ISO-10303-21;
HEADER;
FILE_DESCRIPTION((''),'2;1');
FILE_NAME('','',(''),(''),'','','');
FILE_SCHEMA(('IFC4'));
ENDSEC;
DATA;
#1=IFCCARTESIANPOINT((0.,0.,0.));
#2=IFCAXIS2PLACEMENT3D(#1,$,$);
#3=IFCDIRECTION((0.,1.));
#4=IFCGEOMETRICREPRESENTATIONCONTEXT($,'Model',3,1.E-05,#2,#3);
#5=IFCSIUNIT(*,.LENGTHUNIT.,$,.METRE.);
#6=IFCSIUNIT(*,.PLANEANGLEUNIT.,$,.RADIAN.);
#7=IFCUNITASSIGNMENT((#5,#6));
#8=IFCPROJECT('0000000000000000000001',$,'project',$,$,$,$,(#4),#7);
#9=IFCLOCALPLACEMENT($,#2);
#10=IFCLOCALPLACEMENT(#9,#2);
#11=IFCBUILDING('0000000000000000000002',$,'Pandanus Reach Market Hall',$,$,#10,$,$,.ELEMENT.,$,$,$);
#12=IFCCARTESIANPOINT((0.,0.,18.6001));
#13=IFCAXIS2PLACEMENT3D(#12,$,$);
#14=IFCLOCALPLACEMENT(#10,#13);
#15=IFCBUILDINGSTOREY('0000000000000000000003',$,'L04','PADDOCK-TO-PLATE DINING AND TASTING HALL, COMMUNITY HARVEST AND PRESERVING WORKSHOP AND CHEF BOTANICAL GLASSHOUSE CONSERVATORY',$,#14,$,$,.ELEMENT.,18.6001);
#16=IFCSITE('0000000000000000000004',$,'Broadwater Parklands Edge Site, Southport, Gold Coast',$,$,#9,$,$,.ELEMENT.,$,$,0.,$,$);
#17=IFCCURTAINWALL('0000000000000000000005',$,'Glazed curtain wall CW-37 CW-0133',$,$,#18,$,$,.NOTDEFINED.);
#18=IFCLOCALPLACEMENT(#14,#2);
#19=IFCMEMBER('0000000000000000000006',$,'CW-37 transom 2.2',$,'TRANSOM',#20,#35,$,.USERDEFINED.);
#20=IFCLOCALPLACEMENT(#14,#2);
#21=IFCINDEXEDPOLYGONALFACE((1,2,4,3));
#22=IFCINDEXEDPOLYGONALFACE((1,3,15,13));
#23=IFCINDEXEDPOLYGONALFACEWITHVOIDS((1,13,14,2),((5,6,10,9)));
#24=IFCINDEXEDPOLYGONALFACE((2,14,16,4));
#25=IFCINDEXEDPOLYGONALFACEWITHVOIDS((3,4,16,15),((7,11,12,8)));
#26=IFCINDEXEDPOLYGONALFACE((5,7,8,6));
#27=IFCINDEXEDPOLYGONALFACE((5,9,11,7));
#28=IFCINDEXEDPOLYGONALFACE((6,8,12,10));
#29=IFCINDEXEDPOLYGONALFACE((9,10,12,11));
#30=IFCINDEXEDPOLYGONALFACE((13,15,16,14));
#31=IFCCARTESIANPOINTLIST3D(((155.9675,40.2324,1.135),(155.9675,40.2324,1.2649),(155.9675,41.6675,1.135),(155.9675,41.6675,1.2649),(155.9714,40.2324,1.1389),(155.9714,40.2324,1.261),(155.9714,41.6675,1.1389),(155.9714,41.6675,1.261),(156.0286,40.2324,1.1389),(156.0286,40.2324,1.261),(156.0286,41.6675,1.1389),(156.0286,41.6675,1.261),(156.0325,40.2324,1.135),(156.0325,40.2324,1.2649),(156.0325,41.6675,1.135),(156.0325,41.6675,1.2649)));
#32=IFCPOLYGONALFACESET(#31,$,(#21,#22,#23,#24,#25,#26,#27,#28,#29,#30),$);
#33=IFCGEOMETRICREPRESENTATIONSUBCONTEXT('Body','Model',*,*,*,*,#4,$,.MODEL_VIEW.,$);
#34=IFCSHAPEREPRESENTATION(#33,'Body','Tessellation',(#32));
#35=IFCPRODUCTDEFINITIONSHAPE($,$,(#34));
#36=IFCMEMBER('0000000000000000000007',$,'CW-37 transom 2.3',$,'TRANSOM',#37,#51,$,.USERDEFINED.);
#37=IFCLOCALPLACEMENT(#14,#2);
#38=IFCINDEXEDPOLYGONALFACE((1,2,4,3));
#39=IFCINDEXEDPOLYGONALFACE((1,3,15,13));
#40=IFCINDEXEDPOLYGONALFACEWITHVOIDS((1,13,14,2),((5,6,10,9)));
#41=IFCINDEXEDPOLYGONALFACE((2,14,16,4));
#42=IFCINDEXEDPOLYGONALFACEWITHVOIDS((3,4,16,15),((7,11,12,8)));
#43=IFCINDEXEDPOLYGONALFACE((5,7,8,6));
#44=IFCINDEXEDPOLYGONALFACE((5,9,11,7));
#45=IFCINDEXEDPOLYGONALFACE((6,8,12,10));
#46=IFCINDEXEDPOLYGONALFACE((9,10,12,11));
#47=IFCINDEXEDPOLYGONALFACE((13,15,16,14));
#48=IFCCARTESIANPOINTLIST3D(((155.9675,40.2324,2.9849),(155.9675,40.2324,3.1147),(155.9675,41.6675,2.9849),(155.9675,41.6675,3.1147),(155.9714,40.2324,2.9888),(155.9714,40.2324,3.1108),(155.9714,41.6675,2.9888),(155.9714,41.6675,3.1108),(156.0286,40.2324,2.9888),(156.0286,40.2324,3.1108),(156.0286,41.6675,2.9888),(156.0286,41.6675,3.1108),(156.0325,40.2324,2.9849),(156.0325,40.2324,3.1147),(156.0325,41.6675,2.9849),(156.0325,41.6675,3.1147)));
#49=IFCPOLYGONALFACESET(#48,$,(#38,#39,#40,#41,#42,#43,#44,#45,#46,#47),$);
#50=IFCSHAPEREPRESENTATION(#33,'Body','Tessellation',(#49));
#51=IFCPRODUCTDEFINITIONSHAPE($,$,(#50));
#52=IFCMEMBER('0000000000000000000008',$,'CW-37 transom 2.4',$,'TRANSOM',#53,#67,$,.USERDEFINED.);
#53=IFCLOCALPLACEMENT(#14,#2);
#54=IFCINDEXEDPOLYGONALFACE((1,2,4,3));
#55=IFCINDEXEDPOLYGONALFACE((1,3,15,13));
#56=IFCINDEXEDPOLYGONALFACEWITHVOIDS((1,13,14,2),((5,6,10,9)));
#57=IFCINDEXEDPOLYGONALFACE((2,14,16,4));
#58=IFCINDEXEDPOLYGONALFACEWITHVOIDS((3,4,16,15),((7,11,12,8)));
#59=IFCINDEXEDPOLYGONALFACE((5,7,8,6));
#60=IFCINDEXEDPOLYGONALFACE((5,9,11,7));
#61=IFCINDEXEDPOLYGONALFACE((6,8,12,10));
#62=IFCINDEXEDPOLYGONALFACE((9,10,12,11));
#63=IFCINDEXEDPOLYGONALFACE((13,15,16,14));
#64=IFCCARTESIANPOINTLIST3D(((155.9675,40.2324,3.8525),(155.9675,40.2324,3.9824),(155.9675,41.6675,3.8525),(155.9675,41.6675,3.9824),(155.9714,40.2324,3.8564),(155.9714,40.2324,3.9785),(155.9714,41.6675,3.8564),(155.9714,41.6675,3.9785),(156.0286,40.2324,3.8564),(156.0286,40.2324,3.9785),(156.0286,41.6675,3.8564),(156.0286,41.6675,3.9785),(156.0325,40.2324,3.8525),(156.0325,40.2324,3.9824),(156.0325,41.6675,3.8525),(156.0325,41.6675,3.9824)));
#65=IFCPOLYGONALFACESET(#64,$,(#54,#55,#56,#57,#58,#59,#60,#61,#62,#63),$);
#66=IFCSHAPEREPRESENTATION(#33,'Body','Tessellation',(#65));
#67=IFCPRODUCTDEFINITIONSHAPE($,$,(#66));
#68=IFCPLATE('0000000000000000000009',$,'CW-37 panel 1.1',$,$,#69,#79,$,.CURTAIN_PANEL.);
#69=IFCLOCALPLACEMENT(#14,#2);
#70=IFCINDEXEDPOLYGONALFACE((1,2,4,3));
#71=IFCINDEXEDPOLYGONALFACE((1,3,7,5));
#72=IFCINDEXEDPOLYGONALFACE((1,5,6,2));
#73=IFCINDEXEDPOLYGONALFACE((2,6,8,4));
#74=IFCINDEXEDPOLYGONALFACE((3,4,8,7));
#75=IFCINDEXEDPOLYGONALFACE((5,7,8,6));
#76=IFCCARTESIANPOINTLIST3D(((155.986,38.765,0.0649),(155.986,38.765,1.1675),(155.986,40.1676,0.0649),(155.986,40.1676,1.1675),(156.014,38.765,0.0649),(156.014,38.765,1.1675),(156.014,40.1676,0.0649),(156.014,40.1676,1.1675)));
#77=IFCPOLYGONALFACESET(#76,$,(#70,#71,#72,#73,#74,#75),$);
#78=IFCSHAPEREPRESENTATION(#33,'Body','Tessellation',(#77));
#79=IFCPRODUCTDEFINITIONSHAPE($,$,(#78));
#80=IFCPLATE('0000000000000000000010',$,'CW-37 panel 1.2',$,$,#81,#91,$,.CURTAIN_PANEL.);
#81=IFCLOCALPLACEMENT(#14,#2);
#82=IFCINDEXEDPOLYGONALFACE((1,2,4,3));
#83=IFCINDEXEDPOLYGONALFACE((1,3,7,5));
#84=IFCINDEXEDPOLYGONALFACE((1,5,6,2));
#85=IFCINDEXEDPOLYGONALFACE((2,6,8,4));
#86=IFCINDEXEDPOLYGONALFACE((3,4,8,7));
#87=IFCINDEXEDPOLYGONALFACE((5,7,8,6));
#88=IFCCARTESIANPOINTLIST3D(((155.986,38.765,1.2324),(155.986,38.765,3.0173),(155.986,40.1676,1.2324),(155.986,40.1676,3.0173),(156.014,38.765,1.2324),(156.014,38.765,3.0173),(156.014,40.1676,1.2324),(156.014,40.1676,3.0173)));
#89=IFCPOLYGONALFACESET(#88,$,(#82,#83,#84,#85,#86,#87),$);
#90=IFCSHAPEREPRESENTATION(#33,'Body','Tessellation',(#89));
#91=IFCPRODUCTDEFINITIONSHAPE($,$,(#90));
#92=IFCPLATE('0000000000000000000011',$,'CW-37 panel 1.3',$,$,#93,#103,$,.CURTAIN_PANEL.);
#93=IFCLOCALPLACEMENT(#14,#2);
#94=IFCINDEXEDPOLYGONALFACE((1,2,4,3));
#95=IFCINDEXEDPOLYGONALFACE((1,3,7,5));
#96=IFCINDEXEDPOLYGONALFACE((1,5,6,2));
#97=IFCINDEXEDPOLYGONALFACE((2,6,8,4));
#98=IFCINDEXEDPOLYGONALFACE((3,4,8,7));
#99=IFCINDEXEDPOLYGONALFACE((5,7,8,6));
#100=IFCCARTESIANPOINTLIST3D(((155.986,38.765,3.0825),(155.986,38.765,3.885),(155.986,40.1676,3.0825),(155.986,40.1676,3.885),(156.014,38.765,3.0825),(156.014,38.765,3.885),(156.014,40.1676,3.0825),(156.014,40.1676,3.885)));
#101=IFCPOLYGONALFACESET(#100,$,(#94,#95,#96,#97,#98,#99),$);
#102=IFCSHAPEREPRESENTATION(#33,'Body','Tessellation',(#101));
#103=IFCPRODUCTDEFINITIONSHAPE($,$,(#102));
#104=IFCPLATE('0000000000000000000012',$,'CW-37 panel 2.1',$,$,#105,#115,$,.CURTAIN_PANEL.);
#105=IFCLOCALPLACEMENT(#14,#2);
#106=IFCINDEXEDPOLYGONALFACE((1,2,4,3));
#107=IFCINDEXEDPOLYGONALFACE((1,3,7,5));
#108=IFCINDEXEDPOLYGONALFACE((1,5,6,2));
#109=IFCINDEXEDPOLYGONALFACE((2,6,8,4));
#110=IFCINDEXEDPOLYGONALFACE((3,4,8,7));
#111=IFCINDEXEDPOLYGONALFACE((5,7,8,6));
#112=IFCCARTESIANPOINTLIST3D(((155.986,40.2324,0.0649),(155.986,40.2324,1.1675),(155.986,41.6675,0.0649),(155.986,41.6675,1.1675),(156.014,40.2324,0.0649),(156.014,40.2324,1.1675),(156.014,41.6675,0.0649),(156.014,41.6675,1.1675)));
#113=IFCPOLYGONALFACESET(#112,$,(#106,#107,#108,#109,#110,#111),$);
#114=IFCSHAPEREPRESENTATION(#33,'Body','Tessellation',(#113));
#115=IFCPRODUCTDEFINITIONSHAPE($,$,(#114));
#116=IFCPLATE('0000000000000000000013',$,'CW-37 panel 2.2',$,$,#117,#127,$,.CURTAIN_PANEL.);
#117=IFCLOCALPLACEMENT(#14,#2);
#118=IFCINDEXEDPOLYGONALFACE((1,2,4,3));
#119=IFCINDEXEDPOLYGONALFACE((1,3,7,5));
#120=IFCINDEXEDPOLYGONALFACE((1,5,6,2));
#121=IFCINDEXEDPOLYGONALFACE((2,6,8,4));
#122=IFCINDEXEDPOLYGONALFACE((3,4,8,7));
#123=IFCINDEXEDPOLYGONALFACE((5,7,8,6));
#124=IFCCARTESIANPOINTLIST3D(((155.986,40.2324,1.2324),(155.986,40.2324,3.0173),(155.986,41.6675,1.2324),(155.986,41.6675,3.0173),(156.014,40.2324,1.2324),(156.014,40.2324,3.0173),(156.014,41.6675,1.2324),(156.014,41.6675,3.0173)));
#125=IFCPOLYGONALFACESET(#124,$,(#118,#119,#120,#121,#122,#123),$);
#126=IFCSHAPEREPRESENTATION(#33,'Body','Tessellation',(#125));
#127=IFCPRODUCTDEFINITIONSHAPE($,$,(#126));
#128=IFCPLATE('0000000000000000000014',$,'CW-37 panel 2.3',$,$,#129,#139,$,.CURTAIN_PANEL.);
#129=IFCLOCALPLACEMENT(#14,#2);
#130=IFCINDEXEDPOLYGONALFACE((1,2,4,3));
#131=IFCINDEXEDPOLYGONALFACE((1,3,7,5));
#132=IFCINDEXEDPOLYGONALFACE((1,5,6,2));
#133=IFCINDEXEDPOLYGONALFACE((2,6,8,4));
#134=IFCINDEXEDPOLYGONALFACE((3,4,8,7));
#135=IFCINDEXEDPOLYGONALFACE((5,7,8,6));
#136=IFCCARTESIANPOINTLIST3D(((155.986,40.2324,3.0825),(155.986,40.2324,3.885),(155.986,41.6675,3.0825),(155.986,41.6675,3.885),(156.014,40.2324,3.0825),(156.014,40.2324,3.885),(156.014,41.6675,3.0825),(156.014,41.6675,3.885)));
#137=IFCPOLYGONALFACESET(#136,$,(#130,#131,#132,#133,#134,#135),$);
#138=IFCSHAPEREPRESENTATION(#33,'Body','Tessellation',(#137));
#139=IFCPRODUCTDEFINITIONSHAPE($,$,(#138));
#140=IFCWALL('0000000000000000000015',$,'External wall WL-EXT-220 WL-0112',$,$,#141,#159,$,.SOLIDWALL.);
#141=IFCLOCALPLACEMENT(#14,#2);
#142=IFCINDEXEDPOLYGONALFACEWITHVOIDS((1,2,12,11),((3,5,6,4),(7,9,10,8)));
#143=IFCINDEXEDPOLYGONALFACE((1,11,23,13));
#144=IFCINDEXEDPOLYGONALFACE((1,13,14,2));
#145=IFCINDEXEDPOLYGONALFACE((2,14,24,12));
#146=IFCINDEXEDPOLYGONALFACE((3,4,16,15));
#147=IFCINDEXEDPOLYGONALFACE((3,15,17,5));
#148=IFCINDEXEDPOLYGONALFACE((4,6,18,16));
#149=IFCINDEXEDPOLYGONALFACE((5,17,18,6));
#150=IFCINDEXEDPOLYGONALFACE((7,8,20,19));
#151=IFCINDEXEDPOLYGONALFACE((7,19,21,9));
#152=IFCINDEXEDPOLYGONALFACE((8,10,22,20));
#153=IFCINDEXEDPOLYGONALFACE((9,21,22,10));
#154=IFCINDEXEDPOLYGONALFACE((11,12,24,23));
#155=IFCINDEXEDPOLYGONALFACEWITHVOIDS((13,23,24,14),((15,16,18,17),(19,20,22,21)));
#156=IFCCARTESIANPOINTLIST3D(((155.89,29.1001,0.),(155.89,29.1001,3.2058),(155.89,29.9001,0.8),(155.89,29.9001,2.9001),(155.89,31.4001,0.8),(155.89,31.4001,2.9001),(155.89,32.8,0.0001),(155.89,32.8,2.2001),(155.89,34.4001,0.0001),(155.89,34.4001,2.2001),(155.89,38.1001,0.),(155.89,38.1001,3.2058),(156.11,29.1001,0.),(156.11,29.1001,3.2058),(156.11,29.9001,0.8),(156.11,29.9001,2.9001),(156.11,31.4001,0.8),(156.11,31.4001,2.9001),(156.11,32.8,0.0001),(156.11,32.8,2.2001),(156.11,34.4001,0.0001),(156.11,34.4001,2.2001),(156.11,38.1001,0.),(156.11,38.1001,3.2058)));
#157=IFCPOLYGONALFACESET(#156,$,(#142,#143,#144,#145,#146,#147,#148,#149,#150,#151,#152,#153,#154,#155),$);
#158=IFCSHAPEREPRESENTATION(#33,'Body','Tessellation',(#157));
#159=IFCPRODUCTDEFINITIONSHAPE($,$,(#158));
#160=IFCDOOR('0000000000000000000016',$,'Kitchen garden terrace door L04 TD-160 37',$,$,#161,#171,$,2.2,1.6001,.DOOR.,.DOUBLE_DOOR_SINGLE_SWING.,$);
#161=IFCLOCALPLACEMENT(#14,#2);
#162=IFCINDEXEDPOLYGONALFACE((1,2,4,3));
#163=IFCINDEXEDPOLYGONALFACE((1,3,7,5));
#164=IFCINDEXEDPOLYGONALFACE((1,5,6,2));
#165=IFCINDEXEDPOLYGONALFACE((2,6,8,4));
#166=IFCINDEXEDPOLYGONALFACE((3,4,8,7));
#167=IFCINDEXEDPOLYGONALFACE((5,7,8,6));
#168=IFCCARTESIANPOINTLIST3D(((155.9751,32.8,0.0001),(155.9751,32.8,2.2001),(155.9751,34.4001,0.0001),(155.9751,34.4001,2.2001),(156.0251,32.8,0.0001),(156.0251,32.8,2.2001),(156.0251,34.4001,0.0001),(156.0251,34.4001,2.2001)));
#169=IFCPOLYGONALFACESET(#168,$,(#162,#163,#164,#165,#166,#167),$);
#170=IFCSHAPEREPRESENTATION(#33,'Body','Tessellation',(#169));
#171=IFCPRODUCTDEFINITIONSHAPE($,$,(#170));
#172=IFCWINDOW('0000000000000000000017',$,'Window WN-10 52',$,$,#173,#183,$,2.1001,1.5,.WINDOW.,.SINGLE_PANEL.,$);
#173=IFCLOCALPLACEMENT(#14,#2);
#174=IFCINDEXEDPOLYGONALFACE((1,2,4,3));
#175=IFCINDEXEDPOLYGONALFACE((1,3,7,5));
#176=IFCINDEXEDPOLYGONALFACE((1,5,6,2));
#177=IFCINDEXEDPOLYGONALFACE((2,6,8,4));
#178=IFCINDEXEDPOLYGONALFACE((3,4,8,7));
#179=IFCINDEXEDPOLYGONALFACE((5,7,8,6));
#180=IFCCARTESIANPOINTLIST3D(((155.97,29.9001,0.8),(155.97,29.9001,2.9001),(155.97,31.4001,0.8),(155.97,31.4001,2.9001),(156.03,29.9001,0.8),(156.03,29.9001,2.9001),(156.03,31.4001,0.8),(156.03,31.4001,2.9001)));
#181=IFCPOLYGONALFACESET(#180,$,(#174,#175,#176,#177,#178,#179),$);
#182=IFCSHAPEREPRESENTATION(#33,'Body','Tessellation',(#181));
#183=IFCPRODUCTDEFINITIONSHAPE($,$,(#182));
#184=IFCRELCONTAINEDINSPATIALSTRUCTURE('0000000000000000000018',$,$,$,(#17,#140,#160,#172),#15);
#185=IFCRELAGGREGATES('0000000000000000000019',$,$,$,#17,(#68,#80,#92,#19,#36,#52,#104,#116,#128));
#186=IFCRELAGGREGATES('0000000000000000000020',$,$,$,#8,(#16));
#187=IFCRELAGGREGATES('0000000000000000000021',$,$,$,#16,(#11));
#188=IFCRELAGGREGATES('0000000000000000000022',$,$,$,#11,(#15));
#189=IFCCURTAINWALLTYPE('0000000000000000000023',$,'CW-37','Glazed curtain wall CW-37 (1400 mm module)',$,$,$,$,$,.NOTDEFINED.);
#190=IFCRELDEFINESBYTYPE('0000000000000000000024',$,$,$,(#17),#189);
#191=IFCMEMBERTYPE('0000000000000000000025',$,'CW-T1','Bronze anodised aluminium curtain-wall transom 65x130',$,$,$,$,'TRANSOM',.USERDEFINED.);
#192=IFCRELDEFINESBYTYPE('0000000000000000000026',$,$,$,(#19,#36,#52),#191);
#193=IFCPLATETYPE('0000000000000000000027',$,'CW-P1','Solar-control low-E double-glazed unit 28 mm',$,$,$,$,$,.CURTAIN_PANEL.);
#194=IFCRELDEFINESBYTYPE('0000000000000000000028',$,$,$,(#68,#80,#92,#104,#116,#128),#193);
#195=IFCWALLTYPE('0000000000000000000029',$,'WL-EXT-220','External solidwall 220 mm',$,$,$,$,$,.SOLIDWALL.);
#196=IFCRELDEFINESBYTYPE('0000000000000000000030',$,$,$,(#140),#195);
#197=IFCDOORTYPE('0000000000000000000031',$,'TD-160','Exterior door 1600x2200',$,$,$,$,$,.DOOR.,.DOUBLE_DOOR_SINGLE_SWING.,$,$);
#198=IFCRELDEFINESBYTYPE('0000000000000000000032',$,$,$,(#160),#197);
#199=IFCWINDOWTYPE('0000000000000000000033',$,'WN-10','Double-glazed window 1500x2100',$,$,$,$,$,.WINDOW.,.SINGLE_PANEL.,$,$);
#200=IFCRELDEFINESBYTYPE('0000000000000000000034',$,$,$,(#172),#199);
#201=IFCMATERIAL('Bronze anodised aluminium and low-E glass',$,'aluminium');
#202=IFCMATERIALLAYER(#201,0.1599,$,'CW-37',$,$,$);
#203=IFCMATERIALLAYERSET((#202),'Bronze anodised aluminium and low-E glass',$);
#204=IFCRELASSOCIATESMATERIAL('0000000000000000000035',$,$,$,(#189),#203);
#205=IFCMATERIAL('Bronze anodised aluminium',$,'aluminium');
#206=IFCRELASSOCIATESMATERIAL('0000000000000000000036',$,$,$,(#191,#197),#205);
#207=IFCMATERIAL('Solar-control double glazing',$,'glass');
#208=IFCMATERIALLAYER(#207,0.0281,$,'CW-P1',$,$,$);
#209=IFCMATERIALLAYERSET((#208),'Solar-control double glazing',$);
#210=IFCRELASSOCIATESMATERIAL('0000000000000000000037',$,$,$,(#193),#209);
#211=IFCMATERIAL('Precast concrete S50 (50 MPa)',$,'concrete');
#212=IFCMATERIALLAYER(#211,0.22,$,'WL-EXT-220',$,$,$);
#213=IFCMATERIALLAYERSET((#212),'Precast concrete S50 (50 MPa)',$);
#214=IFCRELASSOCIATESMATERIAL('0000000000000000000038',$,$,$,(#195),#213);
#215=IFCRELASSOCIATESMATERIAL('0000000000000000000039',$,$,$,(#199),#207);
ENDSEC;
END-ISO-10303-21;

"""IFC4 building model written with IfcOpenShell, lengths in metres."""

from ifc_helpers import new_model, si_unit, direction, frame, frame_2d, origin, origin_2d, place, context, subcontext, project, spatial, rectangle, hollow_rectangle, extrude, material, layer, layer_set, material_profile, profile_set, type_object, element, fill, aggregate, save


model = new_model("IFC4")

# Units and contexts
model_context = context("Model", 3, precision=1e-05, world=origin(), true_north=direction((0.0, 1.0)))
body_context = subcontext(model_context, "Body", "Model", "MODEL_VIEW")
ifc_project = project(units=[si_unit("LENGTHUNIT", "METRE"), si_unit("PLANEANGLEUNIT", "RADIAN")], contexts=[model_context])

# Site, building, storey
site_placement = place(None, origin())
site = spatial("IfcSite", under=ifc_project, at=site_placement, Name="Broadwater Parklands Edge Site, Southport, Gold Coast", CompositionType="ELEMENT", RefElevation=0.0)
building_placement = place(site_placement, origin())
building = spatial("IfcBuilding", under=site, at=building_placement, Name="Pandanus Reach Market Hall", CompositionType="ELEMENT")
storey_placement = place(building_placement, frame((0.0, 0.0, 18.6001)))
storey = spatial("IfcBuildingStorey", under=building, at=storey_placement, Name="L04", Description="PADDOCK-TO-PLATE DINING AND TASTING HALL, COMMUNITY HARVEST AND PRESERVING WORKSHOP AND CHEF BOTANICAL GLASSHOUSE CONSERVATORY", CompositionType="ELEMENT", Elevation=18.6001)

# Curtain wall, members, plates
ifc_material_1 = material(Name="Bronze anodised aluminium and low-E glass", Category="aluminium")
ifc_layer_1 = layer(ifc_material_1, 0.1599, Name="CW-37")
ifc_layer_set_1 = layer_set([ifc_layer_1], Name="Bronze anodised aluminium and low-E glass")
curtain_wall_type = type_object("IfcCurtainWallType", Name="CW-37", Description="Glazed curtain wall CW-37 (1400 mm module)", PredefinedType="NOTDEFINED", material=ifc_layer_set_1)
curtain_wall_placement = place(storey_placement, origin())
curtain_wall = element("IfcCurtainWall", 1, at=curtain_wall_placement, inside=storey, type_object=curtain_wall_type, Name="Glazed curtain wall CW-37 CW-0133", PredefinedType="NOTDEFINED")
ifc_material_2 = material(Name="Bronze anodised aluminium", Category="aluminium")
ifc_material_profile_1 = material_profile(ifc_material_2, hollow_rectangle(XDim=0.0649, YDim=0.1299, WallThickness=0.0039, at=origin_2d()), Name="ALU65x130", Category="LoadBearing")
ifc_profile_set_1 = profile_set([ifc_material_profile_1], Name="Bronze anodised aluminium")
member_type_1 = type_object("IfcMemberType", Name="CW-T1", Description="Bronze anodised aluminium curtain-wall transom 65x130", ElementType="TRANSOM", PredefinedType="USERDEFINED", material=ifc_profile_set_1)
member_1_placement = place(storey_placement, frame((156.0, 40.2324, 1.2), z_axis=(0.0, 1.0, 0.0), x_axis=(-1.0, 0.0, 0.0)))
member_1 = element("IfcMember", 2, at=member_1_placement, type_object=member_type_1, Name="CW-37 transom 2.2", ObjectType="TRANSOM", PredefinedType="USERDEFINED", context=body_context, shape_type="SweptSolid", body=[
    extrude(hollow_rectangle(XDim=0.0649, YDim=0.1299, WallThickness=0.0039, at=origin_2d()), origin(), (0.0, 0.0, 1.0), 1.4351),
])
member_2_placement = place(storey_placement, frame((156.0, 40.2324, 3.0498), z_axis=(0.0, 1.0, 0.0), x_axis=(-1.0, 0.0, 0.0)))
member_2 = element("IfcMember", 3, at=member_2_placement, type_object=member_type_1, Name="CW-37 transom 2.3", ObjectType="TRANSOM", PredefinedType="USERDEFINED", context=body_context, shape_type="SweptSolid", body=[
    extrude(hollow_rectangle(XDim=0.0649, YDim=0.1299, WallThickness=0.0039, at=origin_2d()), origin(), (0.0, 0.0, 1.0), 1.4351),
])
member_3_placement = place(storey_placement, frame((156.0, 40.2324, 3.9175), z_axis=(0.0, 1.0, 0.0), x_axis=(-1.0, 0.0, 0.0)))
member_3 = element("IfcMember", 4, at=member_3_placement, type_object=member_type_1, Name="CW-37 transom 2.4", ObjectType="TRANSOM", PredefinedType="USERDEFINED", context=body_context, shape_type="SweptSolid", body=[
    extrude(hollow_rectangle(XDim=0.0649, YDim=0.1299, WallThickness=0.0039, at=origin_2d()), origin(), (0.0, 0.0, 1.0), 1.4351),
])
ifc_material_3 = material(Name="Solar-control double glazing", Category="glass")
ifc_layer_2 = layer(ifc_material_3, 0.0281, Name="CW-P1")
ifc_layer_set_2 = layer_set([ifc_layer_2], Name="Solar-control double glazing")
plate_type = type_object("IfcPlateType", Name="CW-P1", Description="Solar-control low-E double-glazed unit 28 mm", PredefinedType="CURTAIN_PANEL", material=ifc_layer_set_2)
plate_1_placement = place(storey_placement, frame((156.0, 39.4663, 0.0649), z_axis=(0.0, 0.0, 1.0), x_axis=(0.0, 1.0, 0.0)))
plate_1 = element("IfcPlate", 5, at=plate_1_placement, type_object=plate_type, Name="CW-37 panel 1.1", PredefinedType="CURTAIN_PANEL", context=body_context, shape_type="SweptSolid", body=[
    extrude(rectangle(XDim=1.4026, YDim=0.0281, at=origin_2d()), origin(), (0.0, 0.0, 1.0), 1.1025),
])
plate_2_placement = place(storey_placement, frame((156.0, 39.4663, 1.2324), z_axis=(0.0, 0.0, 1.0), x_axis=(0.0, 1.0, 0.0)))
plate_2 = element("IfcPlate", 6, at=plate_2_placement, type_object=plate_type, Name="CW-37 panel 1.2", PredefinedType="CURTAIN_PANEL", context=body_context, shape_type="SweptSolid", body=[
    extrude(rectangle(XDim=1.4026, YDim=0.0281, at=origin_2d()), origin(), (0.0, 0.0, 1.0), 1.7849),
])
plate_3_placement = place(storey_placement, frame((156.0, 39.4663, 3.0825), z_axis=(0.0, 0.0, 1.0), x_axis=(0.0, 1.0, 0.0)))
plate_3 = element("IfcPlate", 7, at=plate_3_placement, type_object=plate_type, Name="CW-37 panel 1.3", PredefinedType="CURTAIN_PANEL", context=body_context, shape_type="SweptSolid", body=[
    extrude(rectangle(XDim=1.4026, YDim=0.0281, at=origin_2d()), origin(), (0.0, 0.0, 1.0), 0.8025),
])
plate_4_placement = place(storey_placement, frame((156.0, 40.95, 0.0649), z_axis=(0.0, 0.0, 1.0), x_axis=(0.0, 1.0, 0.0)))
plate_4 = element("IfcPlate", 8, at=plate_4_placement, type_object=plate_type, Name="CW-37 panel 2.1", PredefinedType="CURTAIN_PANEL", context=body_context, shape_type="SweptSolid", body=[
    extrude(rectangle(XDim=1.4351, YDim=0.0281, at=origin_2d()), origin(), (0.0, 0.0, 1.0), 1.1025),
])
plate_5_placement = place(storey_placement, frame((156.0, 40.95, 1.2324), z_axis=(0.0, 0.0, 1.0), x_axis=(0.0, 1.0, 0.0)))
plate_5 = element("IfcPlate", 9, at=plate_5_placement, type_object=plate_type, Name="CW-37 panel 2.2", PredefinedType="CURTAIN_PANEL", context=body_context, shape_type="SweptSolid", body=[
    extrude(rectangle(XDim=1.4351, YDim=0.0281, at=origin_2d()), origin(), (0.0, 0.0, 1.0), 1.7849),
])
plate_6_placement = place(storey_placement, frame((156.0, 40.95, 3.0825), z_axis=(0.0, 0.0, 1.0), x_axis=(0.0, 1.0, 0.0)))
plate_6 = element("IfcPlate", 10, at=plate_6_placement, type_object=plate_type, Name="CW-37 panel 2.3", PredefinedType="CURTAIN_PANEL", context=body_context, shape_type="SweptSolid", body=[
    extrude(rectangle(XDim=1.4351, YDim=0.0281, at=origin_2d()), origin(), (0.0, 0.0, 1.0), 0.8025),
])
aggregate(curtain_wall, [plate_1, plate_2, plate_3, member_1, member_2, member_3, plate_4, plate_5, plate_6])

# Wall, openings, door, window
ifc_material_4 = material(Name="Precast concrete S50 (50 MPa)", Category="concrete")
ifc_layer_3 = layer(ifc_material_4, 0.22, Name="WL-EXT-220")
ifc_layer_set_3 = layer_set([ifc_layer_3], Name="Precast concrete S50 (50 MPa)")
wall_type = type_object("IfcWallType", Name="WL-EXT-220", Description="External solidwall 220 mm", PredefinedType="SOLIDWALL", material=ifc_layer_set_3)
wall_placement = place(storey_placement, frame((156.0, 29.1001, 0.0), z_axis=(0.0, 0.0, 1.0), x_axis=(0.0, 1.0, 0.0)))
wall = element("IfcWall", 11, at=wall_placement, inside=storey, type_object=wall_type, Name="External wall WL-EXT-220 WL-0112", PredefinedType="SOLIDWALL", context=body_context, shape_type="SweptSolid", body=[
    extrude(rectangle(XDim=9.0, YDim=0.22, at=frame_2d((4.5, 0.0))), origin(), (0.0, 0.0, 1.0), 3.2058),
])
opening_1_placement = place(wall_placement, frame((3.7, 0.0, 0.0)))
opening_1 = element("IfcOpeningElement", 12, at=opening_1_placement, cuts=wall, PredefinedType="OPENING", context=body_context, shape_type="SweptSolid", body=[
    extrude(rectangle(XDim=1.6001, YDim=2.2, at=frame_2d((0.8, 1.1001))), frame((0.0, 0.125, 0.0), z_axis=(0.0, -1.0, 0.0), x_axis=(1.0, 0.0, 0.0)), (0.0, 0.0, 1.0), 0.25),
])
opening_2_placement = place(wall_placement, frame((0.8, 0.0, 0.8)))
opening_2 = element("IfcOpeningElement", 13, at=opening_2_placement, cuts=wall, PredefinedType="OPENING", context=body_context, shape_type="SweptSolid", body=[
    extrude(rectangle(XDim=1.5, YDim=2.1001, at=frame_2d((0.75, 1.05))), frame((0.0, 0.125, 0.0), z_axis=(0.0, -1.0, 0.0), x_axis=(1.0, 0.0, 0.0)), (0.0, 0.0, 1.0), 0.25),
])
door_type = type_object("IfcDoorType", Name="TD-160", Description="Exterior door 1600x2200", OperationType="DOUBLE_DOOR_SINGLE_SWING", PredefinedType="DOOR", material=ifc_material_2)
door_placement = place(opening_1_placement, origin())
door = element("IfcDoor", 14, at=door_placement, inside=storey, type_object=door_type, Name="Kitchen garden terrace door L04 TD-160 37", OperationType="DOUBLE_DOOR_SINGLE_SWING", OverallHeight=2.2, OverallWidth=1.6001, PredefinedType="DOOR", context=body_context, shape_type="SweptSolid", body=[
    extrude(rectangle(XDim=1.6001, YDim=2.2, at=frame_2d((0.8, 1.1001))), frame((0.0, 0.0249, 0.0), z_axis=(0.0, -1.0, 0.0), x_axis=(1.0, 0.0, 0.0)), (0.0, 0.0, 1.0), 0.05),
])
fill(opening_1, door)
window_type = type_object("IfcWindowType", Name="WN-10", Description="Double-glazed window 1500x2100", PartitioningType="SINGLE_PANEL", PredefinedType="WINDOW", material=ifc_material_3)
window_placement = place(opening_2_placement, origin())
window = element("IfcWindow", 15, at=window_placement, inside=storey, type_object=window_type, Name="Window WN-10 52", OverallHeight=2.1001, OverallWidth=1.5, PartitioningType="SINGLE_PANEL", PredefinedType="WINDOW", context=body_context, shape_type="SweptSolid", body=[
    extrude(rectangle(XDim=1.5, YDim=2.1001, at=frame_2d((0.75, 1.05))), frame((0.0, 0.03, 0.0), z_axis=(0.0, -1.0, 0.0), x_axis=(1.0, 0.0, 0.0)), (0.0, 0.0, 1.0), 0.0601),
])
fill(opening_2, window)

save(model, "model.ifc")
